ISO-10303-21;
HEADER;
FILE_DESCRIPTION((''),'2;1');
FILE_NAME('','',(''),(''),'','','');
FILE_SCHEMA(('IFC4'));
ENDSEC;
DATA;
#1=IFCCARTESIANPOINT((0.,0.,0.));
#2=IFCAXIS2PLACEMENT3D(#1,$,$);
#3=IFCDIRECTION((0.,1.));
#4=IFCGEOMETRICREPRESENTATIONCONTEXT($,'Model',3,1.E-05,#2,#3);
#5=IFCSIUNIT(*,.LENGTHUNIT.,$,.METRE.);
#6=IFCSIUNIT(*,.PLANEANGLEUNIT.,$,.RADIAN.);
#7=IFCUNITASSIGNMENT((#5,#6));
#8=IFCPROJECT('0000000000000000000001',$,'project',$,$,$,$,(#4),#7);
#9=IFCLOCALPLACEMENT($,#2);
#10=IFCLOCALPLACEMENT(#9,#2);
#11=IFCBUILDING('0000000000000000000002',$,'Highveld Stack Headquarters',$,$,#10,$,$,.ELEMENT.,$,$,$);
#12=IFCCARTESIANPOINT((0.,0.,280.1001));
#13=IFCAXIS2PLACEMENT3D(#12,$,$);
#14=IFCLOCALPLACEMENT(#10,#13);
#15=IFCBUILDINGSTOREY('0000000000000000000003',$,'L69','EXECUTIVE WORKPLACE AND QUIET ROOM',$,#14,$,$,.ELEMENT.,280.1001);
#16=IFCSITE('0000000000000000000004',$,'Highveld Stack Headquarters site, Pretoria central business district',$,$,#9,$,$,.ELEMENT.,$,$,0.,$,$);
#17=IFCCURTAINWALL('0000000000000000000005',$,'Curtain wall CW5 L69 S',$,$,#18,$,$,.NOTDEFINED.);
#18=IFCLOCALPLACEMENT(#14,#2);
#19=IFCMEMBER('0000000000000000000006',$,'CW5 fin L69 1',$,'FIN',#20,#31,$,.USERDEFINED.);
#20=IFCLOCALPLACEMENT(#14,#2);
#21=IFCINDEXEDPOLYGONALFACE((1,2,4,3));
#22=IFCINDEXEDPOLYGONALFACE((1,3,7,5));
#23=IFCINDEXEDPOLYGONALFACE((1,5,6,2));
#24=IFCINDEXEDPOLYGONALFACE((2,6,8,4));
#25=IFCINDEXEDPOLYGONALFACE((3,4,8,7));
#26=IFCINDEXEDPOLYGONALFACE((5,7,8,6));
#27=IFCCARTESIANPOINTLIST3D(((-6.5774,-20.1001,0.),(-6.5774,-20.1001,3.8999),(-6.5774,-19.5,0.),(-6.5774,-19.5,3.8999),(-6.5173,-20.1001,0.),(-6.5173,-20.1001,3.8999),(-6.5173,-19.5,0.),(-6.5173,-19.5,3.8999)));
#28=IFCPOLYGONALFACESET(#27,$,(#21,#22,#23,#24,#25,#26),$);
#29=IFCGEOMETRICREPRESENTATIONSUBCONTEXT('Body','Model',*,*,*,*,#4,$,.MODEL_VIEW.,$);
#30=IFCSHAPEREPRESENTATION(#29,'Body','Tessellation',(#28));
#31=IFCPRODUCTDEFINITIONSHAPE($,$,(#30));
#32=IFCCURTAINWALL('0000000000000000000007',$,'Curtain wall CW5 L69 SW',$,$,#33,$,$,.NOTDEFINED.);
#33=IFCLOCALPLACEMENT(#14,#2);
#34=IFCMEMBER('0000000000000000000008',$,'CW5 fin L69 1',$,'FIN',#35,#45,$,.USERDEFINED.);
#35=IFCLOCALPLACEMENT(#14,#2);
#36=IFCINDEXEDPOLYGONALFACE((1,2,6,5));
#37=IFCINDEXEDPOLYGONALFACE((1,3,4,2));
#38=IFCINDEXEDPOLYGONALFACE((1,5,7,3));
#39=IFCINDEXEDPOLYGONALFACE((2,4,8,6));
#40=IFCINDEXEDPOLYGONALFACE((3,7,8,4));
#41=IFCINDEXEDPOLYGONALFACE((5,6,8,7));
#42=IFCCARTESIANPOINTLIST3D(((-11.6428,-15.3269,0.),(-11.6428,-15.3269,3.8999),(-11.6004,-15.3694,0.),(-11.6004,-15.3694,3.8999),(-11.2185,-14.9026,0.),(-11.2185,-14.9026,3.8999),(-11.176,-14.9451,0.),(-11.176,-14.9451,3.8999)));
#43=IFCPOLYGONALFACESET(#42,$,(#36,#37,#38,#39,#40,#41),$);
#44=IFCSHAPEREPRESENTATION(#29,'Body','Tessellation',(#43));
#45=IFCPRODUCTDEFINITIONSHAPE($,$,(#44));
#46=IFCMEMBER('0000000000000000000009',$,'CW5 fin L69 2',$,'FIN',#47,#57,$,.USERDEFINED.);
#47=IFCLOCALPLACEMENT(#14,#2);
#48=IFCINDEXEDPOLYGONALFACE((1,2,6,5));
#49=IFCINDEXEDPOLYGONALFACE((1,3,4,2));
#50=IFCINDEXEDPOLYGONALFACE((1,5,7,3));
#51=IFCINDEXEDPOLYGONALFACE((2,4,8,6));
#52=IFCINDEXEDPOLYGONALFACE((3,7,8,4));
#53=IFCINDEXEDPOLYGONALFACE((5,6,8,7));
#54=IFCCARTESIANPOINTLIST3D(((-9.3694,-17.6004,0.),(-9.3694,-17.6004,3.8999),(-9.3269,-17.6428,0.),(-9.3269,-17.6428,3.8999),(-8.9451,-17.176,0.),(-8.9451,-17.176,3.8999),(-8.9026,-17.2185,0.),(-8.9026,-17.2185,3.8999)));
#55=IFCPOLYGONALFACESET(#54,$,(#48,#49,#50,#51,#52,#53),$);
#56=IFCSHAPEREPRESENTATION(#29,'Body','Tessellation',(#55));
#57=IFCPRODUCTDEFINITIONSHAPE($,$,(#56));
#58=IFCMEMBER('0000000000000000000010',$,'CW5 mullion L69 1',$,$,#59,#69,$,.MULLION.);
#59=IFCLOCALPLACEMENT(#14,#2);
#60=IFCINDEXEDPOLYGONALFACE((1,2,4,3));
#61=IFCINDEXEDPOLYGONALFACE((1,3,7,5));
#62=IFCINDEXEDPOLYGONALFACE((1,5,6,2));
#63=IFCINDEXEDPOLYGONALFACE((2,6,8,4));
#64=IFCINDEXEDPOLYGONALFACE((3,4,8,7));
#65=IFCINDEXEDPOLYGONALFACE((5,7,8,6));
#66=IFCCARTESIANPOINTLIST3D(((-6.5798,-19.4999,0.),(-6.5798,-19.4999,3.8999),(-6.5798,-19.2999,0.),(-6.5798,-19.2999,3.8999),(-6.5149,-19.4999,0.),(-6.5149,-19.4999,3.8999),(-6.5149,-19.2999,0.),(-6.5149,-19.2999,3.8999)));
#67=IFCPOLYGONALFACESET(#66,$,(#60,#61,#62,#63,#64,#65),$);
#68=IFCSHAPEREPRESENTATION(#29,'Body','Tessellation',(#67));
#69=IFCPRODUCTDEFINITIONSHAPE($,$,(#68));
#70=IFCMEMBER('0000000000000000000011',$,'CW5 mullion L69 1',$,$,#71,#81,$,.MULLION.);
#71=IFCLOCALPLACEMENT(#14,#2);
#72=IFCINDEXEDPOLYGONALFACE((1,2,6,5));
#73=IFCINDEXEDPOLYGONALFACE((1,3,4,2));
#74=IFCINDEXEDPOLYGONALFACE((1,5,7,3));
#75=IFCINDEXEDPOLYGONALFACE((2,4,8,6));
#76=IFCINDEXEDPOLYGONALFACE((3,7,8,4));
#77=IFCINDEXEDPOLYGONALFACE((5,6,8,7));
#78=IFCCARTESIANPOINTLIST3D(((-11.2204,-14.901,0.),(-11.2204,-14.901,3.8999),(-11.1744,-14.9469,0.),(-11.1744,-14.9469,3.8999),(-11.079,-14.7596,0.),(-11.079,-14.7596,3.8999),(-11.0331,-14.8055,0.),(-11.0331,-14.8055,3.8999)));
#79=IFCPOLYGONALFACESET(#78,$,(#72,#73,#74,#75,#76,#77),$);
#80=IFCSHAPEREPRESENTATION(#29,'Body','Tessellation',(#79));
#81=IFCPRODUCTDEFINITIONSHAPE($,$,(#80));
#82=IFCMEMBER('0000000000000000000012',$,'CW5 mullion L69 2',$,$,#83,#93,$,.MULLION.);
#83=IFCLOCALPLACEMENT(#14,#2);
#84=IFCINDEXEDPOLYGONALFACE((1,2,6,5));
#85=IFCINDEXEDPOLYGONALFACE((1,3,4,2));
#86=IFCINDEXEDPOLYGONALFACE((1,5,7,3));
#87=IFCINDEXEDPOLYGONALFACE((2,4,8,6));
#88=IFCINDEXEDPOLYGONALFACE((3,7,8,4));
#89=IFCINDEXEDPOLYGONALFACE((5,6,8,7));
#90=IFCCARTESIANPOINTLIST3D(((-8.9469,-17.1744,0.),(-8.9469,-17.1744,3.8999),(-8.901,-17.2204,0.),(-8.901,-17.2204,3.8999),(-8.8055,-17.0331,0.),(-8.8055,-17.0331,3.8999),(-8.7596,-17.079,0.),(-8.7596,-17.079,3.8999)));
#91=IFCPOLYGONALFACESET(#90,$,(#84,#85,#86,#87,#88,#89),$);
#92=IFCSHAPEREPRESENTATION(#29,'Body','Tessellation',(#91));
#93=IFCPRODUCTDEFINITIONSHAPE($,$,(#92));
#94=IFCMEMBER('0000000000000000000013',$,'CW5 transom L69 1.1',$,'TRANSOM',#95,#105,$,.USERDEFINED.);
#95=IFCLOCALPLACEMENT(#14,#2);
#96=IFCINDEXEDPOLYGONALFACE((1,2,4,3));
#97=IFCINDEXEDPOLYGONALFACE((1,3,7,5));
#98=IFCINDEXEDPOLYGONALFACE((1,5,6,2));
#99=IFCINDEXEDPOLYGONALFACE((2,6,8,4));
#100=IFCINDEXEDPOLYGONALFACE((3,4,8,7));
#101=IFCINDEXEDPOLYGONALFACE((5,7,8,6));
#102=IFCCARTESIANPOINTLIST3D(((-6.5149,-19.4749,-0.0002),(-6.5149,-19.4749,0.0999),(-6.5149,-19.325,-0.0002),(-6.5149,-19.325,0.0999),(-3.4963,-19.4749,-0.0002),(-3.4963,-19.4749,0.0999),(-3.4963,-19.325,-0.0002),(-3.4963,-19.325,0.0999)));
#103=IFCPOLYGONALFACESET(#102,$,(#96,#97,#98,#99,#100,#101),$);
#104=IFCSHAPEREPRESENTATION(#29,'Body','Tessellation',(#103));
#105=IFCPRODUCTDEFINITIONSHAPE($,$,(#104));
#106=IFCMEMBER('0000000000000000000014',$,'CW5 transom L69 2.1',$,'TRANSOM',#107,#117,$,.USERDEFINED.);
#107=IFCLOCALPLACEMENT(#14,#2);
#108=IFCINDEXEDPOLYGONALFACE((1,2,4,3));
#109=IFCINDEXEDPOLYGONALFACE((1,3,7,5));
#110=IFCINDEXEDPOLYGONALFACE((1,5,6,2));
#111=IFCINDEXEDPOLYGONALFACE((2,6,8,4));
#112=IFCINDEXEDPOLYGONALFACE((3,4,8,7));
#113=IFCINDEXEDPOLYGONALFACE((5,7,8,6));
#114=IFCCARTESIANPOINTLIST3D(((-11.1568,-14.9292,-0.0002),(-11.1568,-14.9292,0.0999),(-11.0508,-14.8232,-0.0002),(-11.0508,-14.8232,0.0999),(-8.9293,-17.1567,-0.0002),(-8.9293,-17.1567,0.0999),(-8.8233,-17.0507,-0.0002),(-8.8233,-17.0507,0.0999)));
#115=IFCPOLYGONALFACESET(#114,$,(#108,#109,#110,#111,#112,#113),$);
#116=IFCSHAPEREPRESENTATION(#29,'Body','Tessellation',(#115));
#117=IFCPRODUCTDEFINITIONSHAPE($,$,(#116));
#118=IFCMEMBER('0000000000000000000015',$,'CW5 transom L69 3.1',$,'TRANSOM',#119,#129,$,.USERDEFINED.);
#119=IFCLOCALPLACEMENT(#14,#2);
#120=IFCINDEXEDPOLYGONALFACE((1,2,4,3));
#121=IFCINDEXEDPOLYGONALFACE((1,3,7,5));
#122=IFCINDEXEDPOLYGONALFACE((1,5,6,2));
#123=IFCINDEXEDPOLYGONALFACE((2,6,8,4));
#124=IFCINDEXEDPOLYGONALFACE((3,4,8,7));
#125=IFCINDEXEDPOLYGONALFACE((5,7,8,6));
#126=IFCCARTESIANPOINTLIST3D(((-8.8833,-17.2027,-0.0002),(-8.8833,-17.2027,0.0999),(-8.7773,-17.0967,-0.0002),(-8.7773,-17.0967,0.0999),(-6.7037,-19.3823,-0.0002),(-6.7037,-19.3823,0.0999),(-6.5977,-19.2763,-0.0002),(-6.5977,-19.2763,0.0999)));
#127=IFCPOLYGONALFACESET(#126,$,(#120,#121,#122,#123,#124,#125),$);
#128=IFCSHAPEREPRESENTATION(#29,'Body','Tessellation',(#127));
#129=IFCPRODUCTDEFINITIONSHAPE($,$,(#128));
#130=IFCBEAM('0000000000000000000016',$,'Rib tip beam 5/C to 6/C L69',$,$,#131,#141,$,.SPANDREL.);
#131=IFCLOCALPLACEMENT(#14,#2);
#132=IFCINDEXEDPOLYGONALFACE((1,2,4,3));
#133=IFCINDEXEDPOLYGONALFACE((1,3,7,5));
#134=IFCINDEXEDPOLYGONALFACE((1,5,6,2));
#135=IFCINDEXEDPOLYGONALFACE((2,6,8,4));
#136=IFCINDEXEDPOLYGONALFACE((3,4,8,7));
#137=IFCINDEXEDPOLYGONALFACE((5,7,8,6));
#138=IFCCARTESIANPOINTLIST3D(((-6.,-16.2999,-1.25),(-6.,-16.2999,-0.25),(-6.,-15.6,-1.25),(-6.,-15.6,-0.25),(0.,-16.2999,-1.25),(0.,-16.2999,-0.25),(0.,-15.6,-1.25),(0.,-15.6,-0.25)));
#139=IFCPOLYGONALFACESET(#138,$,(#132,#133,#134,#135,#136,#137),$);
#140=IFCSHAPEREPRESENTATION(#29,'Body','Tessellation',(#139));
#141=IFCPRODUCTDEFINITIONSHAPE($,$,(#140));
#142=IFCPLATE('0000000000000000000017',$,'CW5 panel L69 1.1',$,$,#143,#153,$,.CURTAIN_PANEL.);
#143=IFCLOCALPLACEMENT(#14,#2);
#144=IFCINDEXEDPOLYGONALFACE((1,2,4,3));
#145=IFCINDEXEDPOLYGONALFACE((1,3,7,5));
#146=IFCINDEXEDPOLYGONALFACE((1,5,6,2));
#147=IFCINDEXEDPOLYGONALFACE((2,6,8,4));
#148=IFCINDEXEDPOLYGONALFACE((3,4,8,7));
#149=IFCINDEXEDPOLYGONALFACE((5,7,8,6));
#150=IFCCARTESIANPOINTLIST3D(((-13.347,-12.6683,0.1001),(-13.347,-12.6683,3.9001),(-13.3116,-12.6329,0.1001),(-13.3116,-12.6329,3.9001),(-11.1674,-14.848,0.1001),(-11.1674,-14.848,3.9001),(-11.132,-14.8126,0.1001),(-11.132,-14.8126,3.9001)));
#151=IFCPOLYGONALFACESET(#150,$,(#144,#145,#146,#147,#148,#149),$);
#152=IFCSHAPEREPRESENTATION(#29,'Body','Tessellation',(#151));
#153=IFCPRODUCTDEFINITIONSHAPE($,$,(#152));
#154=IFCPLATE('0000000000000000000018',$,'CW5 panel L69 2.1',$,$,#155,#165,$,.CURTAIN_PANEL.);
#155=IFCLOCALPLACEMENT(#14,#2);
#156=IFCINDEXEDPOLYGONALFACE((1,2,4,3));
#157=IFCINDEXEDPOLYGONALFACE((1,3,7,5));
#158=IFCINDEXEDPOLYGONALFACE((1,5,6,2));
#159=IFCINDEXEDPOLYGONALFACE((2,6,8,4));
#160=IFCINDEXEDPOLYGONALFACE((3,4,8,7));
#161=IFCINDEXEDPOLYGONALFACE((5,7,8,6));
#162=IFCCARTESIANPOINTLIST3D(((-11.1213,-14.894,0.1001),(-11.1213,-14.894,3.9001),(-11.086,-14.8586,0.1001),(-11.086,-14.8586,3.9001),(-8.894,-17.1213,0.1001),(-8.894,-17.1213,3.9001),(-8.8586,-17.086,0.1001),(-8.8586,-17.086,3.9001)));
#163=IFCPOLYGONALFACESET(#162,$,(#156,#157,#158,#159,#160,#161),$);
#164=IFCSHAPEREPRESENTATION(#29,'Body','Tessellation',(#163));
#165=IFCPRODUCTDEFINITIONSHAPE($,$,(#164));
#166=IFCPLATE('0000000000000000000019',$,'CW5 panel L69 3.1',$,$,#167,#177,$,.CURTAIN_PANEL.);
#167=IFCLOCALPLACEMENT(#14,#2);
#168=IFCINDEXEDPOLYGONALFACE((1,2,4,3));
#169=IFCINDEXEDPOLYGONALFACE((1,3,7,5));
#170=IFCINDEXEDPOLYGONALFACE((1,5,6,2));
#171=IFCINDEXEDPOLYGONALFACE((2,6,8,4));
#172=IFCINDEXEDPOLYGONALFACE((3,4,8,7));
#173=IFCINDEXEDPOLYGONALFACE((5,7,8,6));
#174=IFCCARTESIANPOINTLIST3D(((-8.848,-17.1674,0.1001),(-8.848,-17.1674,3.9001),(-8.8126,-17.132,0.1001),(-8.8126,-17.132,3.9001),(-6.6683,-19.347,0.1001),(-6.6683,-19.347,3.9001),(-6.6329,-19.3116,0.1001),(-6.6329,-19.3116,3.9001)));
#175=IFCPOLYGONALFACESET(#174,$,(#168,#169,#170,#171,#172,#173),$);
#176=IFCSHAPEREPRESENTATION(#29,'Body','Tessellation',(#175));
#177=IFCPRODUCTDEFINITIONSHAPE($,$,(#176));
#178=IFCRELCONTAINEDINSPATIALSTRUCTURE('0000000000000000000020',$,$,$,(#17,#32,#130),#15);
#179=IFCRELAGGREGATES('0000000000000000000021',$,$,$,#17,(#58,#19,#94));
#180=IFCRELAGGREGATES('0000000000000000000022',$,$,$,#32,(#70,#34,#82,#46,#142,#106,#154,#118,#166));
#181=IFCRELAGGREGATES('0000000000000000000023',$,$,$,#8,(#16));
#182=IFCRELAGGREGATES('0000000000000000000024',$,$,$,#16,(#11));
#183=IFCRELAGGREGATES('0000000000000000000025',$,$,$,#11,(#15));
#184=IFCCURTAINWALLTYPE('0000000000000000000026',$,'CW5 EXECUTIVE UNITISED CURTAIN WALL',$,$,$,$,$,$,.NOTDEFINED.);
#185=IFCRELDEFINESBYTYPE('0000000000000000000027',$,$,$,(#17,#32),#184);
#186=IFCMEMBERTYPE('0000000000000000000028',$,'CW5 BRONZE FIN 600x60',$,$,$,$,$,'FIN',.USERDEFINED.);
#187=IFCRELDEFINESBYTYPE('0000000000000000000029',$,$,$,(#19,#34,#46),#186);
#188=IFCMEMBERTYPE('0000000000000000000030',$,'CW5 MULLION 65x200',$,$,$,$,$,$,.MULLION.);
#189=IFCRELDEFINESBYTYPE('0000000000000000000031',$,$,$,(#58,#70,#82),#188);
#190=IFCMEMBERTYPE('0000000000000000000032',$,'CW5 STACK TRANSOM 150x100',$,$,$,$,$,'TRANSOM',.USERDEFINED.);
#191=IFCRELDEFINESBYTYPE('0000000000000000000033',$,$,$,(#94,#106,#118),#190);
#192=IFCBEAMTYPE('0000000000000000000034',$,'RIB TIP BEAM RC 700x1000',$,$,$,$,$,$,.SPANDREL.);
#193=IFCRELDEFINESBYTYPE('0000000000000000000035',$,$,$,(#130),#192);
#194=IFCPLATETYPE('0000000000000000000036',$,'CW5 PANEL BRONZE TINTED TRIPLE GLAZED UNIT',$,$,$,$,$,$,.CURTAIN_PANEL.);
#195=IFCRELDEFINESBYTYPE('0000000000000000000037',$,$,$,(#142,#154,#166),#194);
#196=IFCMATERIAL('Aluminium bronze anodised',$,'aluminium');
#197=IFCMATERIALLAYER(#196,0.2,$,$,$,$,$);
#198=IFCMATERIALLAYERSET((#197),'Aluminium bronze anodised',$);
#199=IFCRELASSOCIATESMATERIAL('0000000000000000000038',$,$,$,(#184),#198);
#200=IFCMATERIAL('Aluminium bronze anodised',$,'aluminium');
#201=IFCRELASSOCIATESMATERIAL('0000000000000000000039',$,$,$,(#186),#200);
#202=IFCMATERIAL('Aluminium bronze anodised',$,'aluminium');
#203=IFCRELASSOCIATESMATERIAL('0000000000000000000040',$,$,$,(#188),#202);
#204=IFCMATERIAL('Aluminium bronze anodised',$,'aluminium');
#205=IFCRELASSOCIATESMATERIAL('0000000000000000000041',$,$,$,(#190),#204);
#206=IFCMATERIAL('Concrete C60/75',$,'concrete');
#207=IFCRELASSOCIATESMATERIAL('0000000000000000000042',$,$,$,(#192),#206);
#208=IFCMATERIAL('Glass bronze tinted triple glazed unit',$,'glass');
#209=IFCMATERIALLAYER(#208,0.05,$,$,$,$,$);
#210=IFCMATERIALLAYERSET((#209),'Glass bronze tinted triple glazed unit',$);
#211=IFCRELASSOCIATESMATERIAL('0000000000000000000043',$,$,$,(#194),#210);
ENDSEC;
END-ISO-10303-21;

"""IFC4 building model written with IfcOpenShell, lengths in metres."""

from ifc_helpers import new_model, si_unit, direction, frame, origin, origin_2d, place, context, subcontext, project, spatial, rectangle, extrude, material, layer, layer_set, material_profile, profile_set, type_object, element, aggregate, save


model = new_model("IFC4")

# Units and contexts
model_context = context("Model", 3, precision=1e-05, world=origin(), true_north=direction((0.0, 1.0)))
body_context = subcontext(model_context, "Body", "Model", "MODEL_VIEW")
ifc_project = project(units=[si_unit("LENGTHUNIT", "METRE"), si_unit("PLANEANGLEUNIT", "RADIAN")], contexts=[model_context])

# Site, building, storey
site_placement = place(None, origin())
site = spatial("IfcSite", under=ifc_project, at=site_placement, Name="Highveld Stack Headquarters site, Pretoria central business district", CompositionType="ELEMENT", RefElevation=0.0)
building_placement = place(site_placement, origin())
building = spatial("IfcBuilding", under=site, at=building_placement, Name="Highveld Stack Headquarters", CompositionType="ELEMENT")
storey_placement = place(building_placement, frame((0.0, 0.0, 280.1001)))
storey = spatial("IfcBuildingStorey", under=building, at=storey_placement, Name="L69", Description="EXECUTIVE WORKPLACE AND QUIET ROOM", CompositionType="ELEMENT", Elevation=280.1001)

# Curtain wall, member
ifc_material_1 = material(Name="Aluminium bronze anodised", Category="aluminium")
ifc_layer_1 = layer(ifc_material_1, 0.2)
ifc_layer_set_1 = layer_set([ifc_layer_1], Name="Aluminium bronze anodised")
curtain_wall_type = type_object("IfcCurtainWallType", Name="CW5 EXECUTIVE UNITISED CURTAIN WALL", PredefinedType="NOTDEFINED", material=ifc_layer_set_1)
curtain_wall_1_placement = place(storey_placement, origin())
curtain_wall_1 = element("IfcCurtainWall", 1, at=curtain_wall_1_placement, inside=storey, type_object=curtain_wall_type, Name="Curtain wall CW5 L69 S", PredefinedType="NOTDEFINED")
ifc_material_2 = material(Name="Aluminium bronze anodised", Category="aluminium")
ifc_material_profile_1 = material_profile(ifc_material_2, rectangle(XDim=0.6001, YDim=0.0601, at=origin_2d()), Name="FIN 600x60")
ifc_profile_set_1 = profile_set([ifc_material_profile_1], Name="Aluminium bronze anodised")
member_type_1 = type_object("IfcMemberType", Name="CW5 BRONZE FIN 600x60", ElementType="FIN", PredefinedType="USERDEFINED", material=ifc_profile_set_1)
member_1_placement = place(storey_placement, frame((-6.5474, -19.8, 0.0), z_axis=(0.0, 0.0, 1.0), x_axis=(0.0, 1.0, 0.0)))
member_1 = element("IfcMember", 2, at=member_1_placement, type_object=member_type_1, Name="CW5 fin L69 1", ObjectType="FIN", PredefinedType="USERDEFINED", context=body_context, shape_type="SweptSolid", body=[
    extrude(rectangle(XDim=0.6001, YDim=0.0601, at=origin_2d()), origin(), (0.0, 0.0, 1.0), 3.8999),
])

# Curtain wall, members
curtain_wall_2_placement = place(storey_placement, origin())
curtain_wall_2 = element("IfcCurtainWall", 3, at=curtain_wall_2_placement, inside=storey, type_object=curtain_wall_type, Name="Curtain wall CW5 L69 SW", PredefinedType="NOTDEFINED")
member_2_placement = place(storey_placement, frame((-11.4094, -15.136, 0.0), z_axis=(0.0, 0.0, 1.0), x_axis=(0.707107, 0.707107, 0.0)))
member_2 = element("IfcMember", 4, at=member_2_placement, type_object=member_type_1, Name="CW5 fin L69 1", ObjectType="FIN", PredefinedType="USERDEFINED", context=body_context, shape_type="SweptSolid", body=[
    extrude(rectangle(XDim=0.6001, YDim=0.0601, at=origin_2d()), origin(), (0.0, 0.0, 1.0), 3.8999),
])
member_3_placement = place(storey_placement, frame((-9.136, -17.4094, 0.0), z_axis=(0.0, 0.0, 1.0), x_axis=(0.707107, 0.707107, 0.0)))
member_3 = element("IfcMember", 5, at=member_3_placement, type_object=member_type_1, Name="CW5 fin L69 2", ObjectType="FIN", PredefinedType="USERDEFINED", context=body_context, shape_type="SweptSolid", body=[
    extrude(rectangle(XDim=0.6001, YDim=0.0601, at=origin_2d()), origin(), (0.0, 0.0, 1.0), 3.8999),
])

# Members
ifc_material_3 = material(Name="Aluminium bronze anodised", Category="aluminium")
ifc_material_profile_2 = material_profile(ifc_material_3, rectangle(XDim=0.2, YDim=0.0649, at=origin_2d()), Name="CW5 MULLION 65x200")
ifc_profile_set_2 = profile_set([ifc_material_profile_2], Name="Aluminium bronze anodised")
member_type_2 = type_object("IfcMemberType", Name="CW5 MULLION 65x200", PredefinedType="MULLION", material=ifc_profile_set_2)
member_4_placement = place(storey_placement, frame((-6.5474, -19.3999, 0.0), z_axis=(0.0, 0.0, 1.0), x_axis=(0.0, 1.0, 0.0)))
member_4 = element("IfcMember", 6, at=member_4_placement, type_object=member_type_2, Name="CW5 mullion L69 1", PredefinedType="MULLION", context=body_context, shape_type="SweptSolid", body=[
    extrude(rectangle(XDim=0.2, YDim=0.0649, at=origin_2d()), origin(), (0.0, 0.0, 1.0), 3.8999),
])
member_5_placement = place(storey_placement, frame((-11.1267, -14.8533, 0.0), z_axis=(0.0, 0.0, 1.0), x_axis=(0.707107, 0.707107, 0.0)))
member_5 = element("IfcMember", 7, at=member_5_placement, type_object=member_type_2, Name="CW5 mullion L69 1", PredefinedType="MULLION", context=body_context, shape_type="SweptSolid", body=[
    extrude(rectangle(XDim=0.2, YDim=0.0649, at=origin_2d()), origin(), (0.0, 0.0, 1.0), 3.8999),
])
member_6_placement = place(storey_placement, frame((-8.8533, -17.1267, 0.0), z_axis=(0.0, 0.0, 1.0), x_axis=(0.707107, 0.707107, 0.0)))
member_6 = element("IfcMember", 8, at=member_6_placement, type_object=member_type_2, Name="CW5 mullion L69 2", PredefinedType="MULLION", context=body_context, shape_type="SweptSolid", body=[
    extrude(rectangle(XDim=0.2, YDim=0.0649, at=origin_2d()), origin(), (0.0, 0.0, 1.0), 3.8999),
])
ifc_material_4 = material(Name="Aluminium bronze anodised", Category="aluminium")
ifc_material_profile_3 = material_profile(ifc_material_4, rectangle(XDim=0.1499, YDim=0.1001, at=origin_2d()), Name="CW5 TRANSOM 150x100")
ifc_profile_set_3 = profile_set([ifc_material_profile_3], Name="Aluminium bronze anodised")
member_type_3 = type_object("IfcMemberType", Name="CW5 STACK TRANSOM 150x100", ElementType="TRANSOM", PredefinedType="USERDEFINED", material=ifc_profile_set_3)
member_7_placement = place(storey_placement, frame((-6.5149, -19.3999, 0.0498), z_axis=(1.0, 0.0, 0.0), x_axis=(0.0, 1.0, 0.0)))
member_7 = element("IfcMember", 9, at=member_7_placement, type_object=member_type_3, Name="CW5 transom L69 1.1", ObjectType="TRANSOM", PredefinedType="USERDEFINED", context=body_context, shape_type="SweptSolid", body=[
    extrude(rectangle(XDim=0.1499, YDim=0.1001, at=origin_2d()), origin(), (0.0, 0.0, 1.0), 3.0186),
])
aggregate(curtain_wall_1, [member_4, member_1, member_7])
member_8_placement = place(storey_placement, frame((-11.1038, -14.8762, 0.0498), z_axis=(0.707107, -0.707107, 0.0), x_axis=(0.707107, 0.707107, 0.0)))
member_8 = element("IfcMember", 10, at=member_8_placement, type_object=member_type_3, Name="CW5 transom L69 2.1", ObjectType="TRANSOM", PredefinedType="USERDEFINED", context=body_context, shape_type="SweptSolid", body=[
    extrude(rectangle(XDim=0.1499, YDim=0.1001, at=origin_2d()), origin(), (0.0, 0.0, 1.0), 3.1501),
])
member_9_placement = place(storey_placement, frame((-8.8303, -17.1497, 0.0498), z_axis=(0.707107, -0.707107, 0.0), x_axis=(0.707107, 0.707107, 0.0)))
member_9 = element("IfcMember", 11, at=member_9_placement, type_object=member_type_3, Name="CW5 transom L69 3.1", ObjectType="TRANSOM", PredefinedType="USERDEFINED", context=body_context, shape_type="SweptSolid", body=[
    extrude(rectangle(XDim=0.1499, YDim=0.1001, at=origin_2d()), origin(), (0.0, 0.0, 1.0), 3.0825),
])

# Beam
ifc_material_5 = material(Name="Concrete C60/75", Category="concrete")
ifc_material_profile_4 = material_profile(ifc_material_5, rectangle(XDim=0.7, YDim=1.0, at=origin_2d()), Name="RC 700x1000")
ifc_profile_set_4 = profile_set([ifc_material_profile_4], Name="Concrete C60/75")
beam_type = type_object("IfcBeamType", Name="RIB TIP BEAM RC 700x1000", PredefinedType="SPANDREL", material=ifc_profile_set_4)
beam_placement = place(storey_placement, frame((-6.0, -15.95, -0.75), z_axis=(1.0, 0.0, 0.0), x_axis=(0.0, 1.0, 0.0)))
element("IfcBeam", 12, at=beam_placement, inside=storey, type_object=beam_type, Name="Rib tip beam 5/C to 6/C L69", PredefinedType="SPANDREL", context=body_context, shape_type="SweptSolid", body=[
    extrude(rectangle(XDim=0.7, YDim=1.0, at=origin_2d()), origin(), (0.0, 0.0, 1.0), 6.0),
])

# Plates
ifc_material_6 = material(Name="Glass bronze tinted triple glazed unit", Category="glass")
ifc_layer_2 = layer(ifc_material_6, 0.05)
ifc_layer_set_2 = layer_set([ifc_layer_2], Name="Glass bronze tinted triple glazed unit")
plate_type = type_object("IfcPlateType", Name="CW5 PANEL BRONZE TINTED TRIPLE GLAZED UNIT", PredefinedType="CURTAIN_PANEL", material=ifc_layer_set_2)
plate_1_placement = place(storey_placement, frame((-12.2395, -13.7405, 0.1001), z_axis=(0.0, 0.0, 1.0), x_axis=(0.707107, -0.707107, 0.0)))
plate_1 = element("IfcPlate", 13, at=plate_1_placement, type_object=plate_type, Name="CW5 panel L69 1.1", PredefinedType="CURTAIN_PANEL", context=body_context, shape_type="SweptSolid", body=[
    extrude(rectangle(XDim=3.0825, YDim=0.05, at=origin_2d()), origin(), (0.0, 0.0, 1.0), 3.8),
])
plate_2_placement = place(storey_placement, frame((-9.99, -15.99, 0.1001), z_axis=(0.0, 0.0, 1.0), x_axis=(0.707107, -0.707107, 0.0)))
plate_2 = element("IfcPlate", 14, at=plate_2_placement, type_object=plate_type, Name="CW5 panel L69 2.1", PredefinedType="CURTAIN_PANEL", context=body_context, shape_type="SweptSolid", body=[
    extrude(rectangle(XDim=3.1499, YDim=0.05, at=origin_2d()), origin(), (0.0, 0.0, 1.0), 3.8),
])
plate_3_placement = place(storey_placement, frame((-7.7405, -18.2395, 0.1001), z_axis=(0.0, 0.0, 1.0), x_axis=(0.707107, -0.707107, 0.0)))
plate_3 = element("IfcPlate", 15, at=plate_3_placement, type_object=plate_type, Name="CW5 panel L69 3.1", PredefinedType="CURTAIN_PANEL", context=body_context, shape_type="SweptSolid", body=[
    extrude(rectangle(XDim=3.0825, YDim=0.05, at=origin_2d()), origin(), (0.0, 0.0, 1.0), 3.8),
])
aggregate(curtain_wall_2, [member_5, member_2, member_6, member_3, plate_1, member_8, plate_2, member_9, plate_3])

save(model, "model.ifc")
